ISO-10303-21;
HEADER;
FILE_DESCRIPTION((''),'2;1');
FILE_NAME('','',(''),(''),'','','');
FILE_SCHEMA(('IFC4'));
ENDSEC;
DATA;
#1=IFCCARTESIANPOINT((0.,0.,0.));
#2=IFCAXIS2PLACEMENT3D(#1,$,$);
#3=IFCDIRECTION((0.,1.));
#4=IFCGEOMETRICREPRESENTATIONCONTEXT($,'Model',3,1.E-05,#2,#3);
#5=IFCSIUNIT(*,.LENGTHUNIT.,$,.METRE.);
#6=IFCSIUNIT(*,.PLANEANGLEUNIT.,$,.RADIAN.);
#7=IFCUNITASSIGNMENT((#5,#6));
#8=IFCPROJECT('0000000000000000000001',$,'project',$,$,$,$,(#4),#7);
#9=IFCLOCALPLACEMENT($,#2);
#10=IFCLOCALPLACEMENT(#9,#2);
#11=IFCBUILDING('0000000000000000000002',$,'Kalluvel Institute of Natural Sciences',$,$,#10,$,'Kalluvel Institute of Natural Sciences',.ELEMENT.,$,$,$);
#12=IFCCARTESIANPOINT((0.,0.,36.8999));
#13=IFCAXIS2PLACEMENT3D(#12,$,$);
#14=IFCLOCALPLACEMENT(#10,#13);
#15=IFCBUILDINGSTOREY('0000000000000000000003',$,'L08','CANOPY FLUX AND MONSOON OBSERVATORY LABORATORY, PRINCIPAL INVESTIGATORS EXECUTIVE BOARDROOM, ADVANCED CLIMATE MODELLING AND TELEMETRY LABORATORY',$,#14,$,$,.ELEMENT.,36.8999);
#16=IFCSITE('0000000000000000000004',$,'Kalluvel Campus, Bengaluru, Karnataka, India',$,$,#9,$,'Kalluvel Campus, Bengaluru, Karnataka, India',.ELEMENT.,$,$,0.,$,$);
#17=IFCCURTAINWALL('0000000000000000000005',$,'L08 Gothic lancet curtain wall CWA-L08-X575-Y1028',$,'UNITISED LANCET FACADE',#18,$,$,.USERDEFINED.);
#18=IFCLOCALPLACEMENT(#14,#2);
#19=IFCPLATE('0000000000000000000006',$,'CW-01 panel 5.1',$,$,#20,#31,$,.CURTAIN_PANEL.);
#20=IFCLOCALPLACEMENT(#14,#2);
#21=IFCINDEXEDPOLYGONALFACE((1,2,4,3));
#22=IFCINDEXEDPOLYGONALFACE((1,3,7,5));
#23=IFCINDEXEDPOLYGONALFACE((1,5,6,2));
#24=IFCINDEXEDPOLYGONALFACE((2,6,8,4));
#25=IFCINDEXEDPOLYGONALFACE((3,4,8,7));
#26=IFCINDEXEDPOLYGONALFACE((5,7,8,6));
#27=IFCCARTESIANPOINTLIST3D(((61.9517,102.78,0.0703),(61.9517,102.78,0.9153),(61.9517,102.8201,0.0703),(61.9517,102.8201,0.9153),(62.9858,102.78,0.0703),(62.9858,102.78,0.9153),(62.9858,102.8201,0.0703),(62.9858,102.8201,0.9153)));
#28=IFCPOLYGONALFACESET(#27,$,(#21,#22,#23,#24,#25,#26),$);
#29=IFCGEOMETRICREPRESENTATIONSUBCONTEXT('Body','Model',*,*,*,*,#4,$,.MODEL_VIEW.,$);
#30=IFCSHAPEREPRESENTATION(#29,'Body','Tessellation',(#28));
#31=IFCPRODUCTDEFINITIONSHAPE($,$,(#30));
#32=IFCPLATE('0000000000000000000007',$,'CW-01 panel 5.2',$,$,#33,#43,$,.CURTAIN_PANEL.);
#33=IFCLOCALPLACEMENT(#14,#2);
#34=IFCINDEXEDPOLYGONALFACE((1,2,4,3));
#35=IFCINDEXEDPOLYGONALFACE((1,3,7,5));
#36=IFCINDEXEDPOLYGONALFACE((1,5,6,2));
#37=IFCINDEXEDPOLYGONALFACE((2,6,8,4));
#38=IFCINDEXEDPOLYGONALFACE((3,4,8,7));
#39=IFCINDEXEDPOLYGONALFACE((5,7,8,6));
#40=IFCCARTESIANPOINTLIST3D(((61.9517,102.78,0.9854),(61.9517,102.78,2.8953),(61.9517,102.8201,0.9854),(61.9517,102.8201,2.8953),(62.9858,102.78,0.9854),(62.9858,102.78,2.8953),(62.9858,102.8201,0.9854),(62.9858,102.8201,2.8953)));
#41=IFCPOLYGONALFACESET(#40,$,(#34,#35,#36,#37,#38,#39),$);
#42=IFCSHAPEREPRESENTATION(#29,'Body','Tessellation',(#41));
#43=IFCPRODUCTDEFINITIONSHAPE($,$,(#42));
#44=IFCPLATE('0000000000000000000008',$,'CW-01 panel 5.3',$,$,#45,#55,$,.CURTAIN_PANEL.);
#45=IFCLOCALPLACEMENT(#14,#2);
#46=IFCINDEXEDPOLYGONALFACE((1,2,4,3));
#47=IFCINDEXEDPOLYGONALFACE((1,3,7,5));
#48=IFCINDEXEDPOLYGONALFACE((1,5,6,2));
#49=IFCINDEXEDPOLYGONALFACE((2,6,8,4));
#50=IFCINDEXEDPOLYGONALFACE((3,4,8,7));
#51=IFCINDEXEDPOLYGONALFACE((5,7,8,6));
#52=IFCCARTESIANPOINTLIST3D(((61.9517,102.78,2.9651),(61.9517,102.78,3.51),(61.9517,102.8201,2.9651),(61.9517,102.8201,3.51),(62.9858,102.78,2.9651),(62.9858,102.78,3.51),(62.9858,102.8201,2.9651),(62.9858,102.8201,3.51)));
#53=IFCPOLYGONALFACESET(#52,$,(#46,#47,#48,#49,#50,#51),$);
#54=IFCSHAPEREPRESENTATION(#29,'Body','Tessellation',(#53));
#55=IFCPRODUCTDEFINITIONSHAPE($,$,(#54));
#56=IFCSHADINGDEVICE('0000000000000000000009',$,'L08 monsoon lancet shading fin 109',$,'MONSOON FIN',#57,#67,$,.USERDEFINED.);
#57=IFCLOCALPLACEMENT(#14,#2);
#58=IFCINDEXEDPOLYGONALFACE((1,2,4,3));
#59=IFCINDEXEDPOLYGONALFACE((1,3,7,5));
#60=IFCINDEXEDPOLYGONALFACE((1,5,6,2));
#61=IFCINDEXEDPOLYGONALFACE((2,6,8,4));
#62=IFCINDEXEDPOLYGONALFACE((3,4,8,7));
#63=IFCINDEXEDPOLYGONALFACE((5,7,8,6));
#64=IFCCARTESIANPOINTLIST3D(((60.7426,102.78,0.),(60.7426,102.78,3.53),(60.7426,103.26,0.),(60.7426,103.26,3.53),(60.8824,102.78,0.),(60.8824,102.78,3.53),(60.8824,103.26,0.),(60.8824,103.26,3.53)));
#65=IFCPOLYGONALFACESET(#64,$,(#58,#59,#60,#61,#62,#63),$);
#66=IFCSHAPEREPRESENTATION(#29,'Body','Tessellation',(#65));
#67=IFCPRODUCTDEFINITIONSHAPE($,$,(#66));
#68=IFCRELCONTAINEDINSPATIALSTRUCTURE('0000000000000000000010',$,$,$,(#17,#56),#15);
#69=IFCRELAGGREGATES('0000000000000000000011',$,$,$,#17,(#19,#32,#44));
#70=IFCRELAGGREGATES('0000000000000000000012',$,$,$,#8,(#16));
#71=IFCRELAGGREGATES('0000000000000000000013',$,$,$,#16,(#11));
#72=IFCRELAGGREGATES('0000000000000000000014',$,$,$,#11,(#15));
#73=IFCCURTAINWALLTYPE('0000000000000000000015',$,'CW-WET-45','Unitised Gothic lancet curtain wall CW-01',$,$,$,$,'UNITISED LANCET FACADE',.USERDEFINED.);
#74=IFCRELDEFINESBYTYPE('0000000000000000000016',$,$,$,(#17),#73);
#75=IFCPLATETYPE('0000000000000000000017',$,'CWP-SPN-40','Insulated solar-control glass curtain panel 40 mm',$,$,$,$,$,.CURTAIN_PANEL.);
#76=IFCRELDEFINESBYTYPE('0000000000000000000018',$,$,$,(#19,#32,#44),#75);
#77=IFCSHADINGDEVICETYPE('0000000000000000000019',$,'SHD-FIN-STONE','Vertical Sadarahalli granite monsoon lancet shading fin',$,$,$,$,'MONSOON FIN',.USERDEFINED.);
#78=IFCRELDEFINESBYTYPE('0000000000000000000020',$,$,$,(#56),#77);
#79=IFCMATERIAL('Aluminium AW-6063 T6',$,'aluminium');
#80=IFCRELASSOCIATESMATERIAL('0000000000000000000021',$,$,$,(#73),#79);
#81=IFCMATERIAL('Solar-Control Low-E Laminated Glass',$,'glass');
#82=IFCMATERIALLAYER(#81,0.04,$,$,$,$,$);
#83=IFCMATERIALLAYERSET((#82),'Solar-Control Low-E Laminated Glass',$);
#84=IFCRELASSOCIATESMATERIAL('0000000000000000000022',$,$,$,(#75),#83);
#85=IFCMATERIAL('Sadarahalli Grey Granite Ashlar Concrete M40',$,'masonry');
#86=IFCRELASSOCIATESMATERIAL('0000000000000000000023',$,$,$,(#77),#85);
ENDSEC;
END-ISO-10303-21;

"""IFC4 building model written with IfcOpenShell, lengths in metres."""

from ifc_helpers import new_model, si_unit, direction, frame, origin, origin_2d, place, context, subcontext, project, spatial, rectangle, extrude, material, layer, layer_set, type_object, element, aggregate, save


model = new_model("IFC4")

# Units and contexts
model_context = context("Model", 3, precision=1e-05, world=origin(), true_north=direction((0.0, 1.0)))
body_context = subcontext(model_context, "Body", "Model", "MODEL_VIEW")
ifc_project = project(units=[si_unit("LENGTHUNIT", "METRE"), si_unit("PLANEANGLEUNIT", "RADIAN")], contexts=[model_context])

# Site, building, storey
site_placement = place(None, origin())
site = spatial("IfcSite", under=ifc_project, at=site_placement, Name="Kalluvel Campus, Bengaluru, Karnataka, India", LongName="Kalluvel Campus, Bengaluru, Karnataka, India", CompositionType="ELEMENT", RefElevation=0.0)
building_placement = place(site_placement, origin())
building = spatial("IfcBuilding", under=site, at=building_placement, Name="Kalluvel Institute of Natural Sciences", LongName="Kalluvel Institute of Natural Sciences", CompositionType="ELEMENT")
storey_placement = place(building_placement, frame((0.0, 0.0, 36.8999)))
storey = spatial("IfcBuildingStorey", under=building, at=storey_placement, Name="L08", Description="CANOPY FLUX AND MONSOON OBSERVATORY LABORATORY, PRINCIPAL INVESTIGATORS EXECUTIVE BOARDROOM, ADVANCED CLIMATE MODELLING AND TELEMETRY LABORATORY", CompositionType="ELEMENT", Elevation=36.8999)

# Curtain wall
ifc_material_1 = material(Name="Aluminium AW-6063 T6", Category="aluminium")
curtain_wall_type = type_object("IfcCurtainWallType", Name="CW-WET-45", Description="Unitised Gothic lancet curtain wall CW-01", ElementType="UNITISED LANCET FACADE", PredefinedType="USERDEFINED", material=ifc_material_1)
curtain_wall_placement = place(storey_placement, origin())
curtain_wall = element("IfcCurtainWall", 1, at=curtain_wall_placement, inside=storey, type_object=curtain_wall_type, Name="L08 Gothic lancet curtain wall CWA-L08-X575-Y1028", ObjectType="UNITISED LANCET FACADE", PredefinedType="USERDEFINED")

# Plates
ifc_material_2 = material(Name="Solar-Control Low-E Laminated Glass", Category="glass")
ifc_layer = layer(ifc_material_2, 0.04)
ifc_layer_set = layer_set([ifc_layer], Name="Solar-Control Low-E Laminated Glass")
plate_type = type_object("IfcPlateType", Name="CWP-SPN-40", Description="Insulated solar-control glass curtain panel 40 mm", PredefinedType="CURTAIN_PANEL", material=ifc_layer_set)
plate_1_placement = place(storey_placement, frame((62.4688, 102.8, 0.0703), z_axis=(0.0, 0.0, 1.0), x_axis=(1.0, 0.0, 0.0)))
plate_1 = element("IfcPlate", 2, at=plate_1_placement, type_object=plate_type, Name="CW-01 panel 5.1", PredefinedType="CURTAIN_PANEL", context=body_context, shape_type="SweptSolid", body=[
    extrude(rectangle(XDim=1.0342, YDim=0.04, at=origin_2d()), origin(), (0.0, 0.0, 1.0), 0.845),
])
plate_2_placement = place(storey_placement, frame((62.4688, 102.8, 0.9854), z_axis=(0.0, 0.0, 1.0), x_axis=(1.0, 0.0, 0.0)))
plate_2 = element("IfcPlate", 3, at=plate_2_placement, type_object=plate_type, Name="CW-01 panel 5.2", PredefinedType="CURTAIN_PANEL", context=body_context, shape_type="SweptSolid", body=[
    extrude(rectangle(XDim=1.0342, YDim=0.04, at=origin_2d()), origin(), (0.0, 0.0, 1.0), 1.9099),
])
plate_3_placement = place(storey_placement, frame((62.4688, 102.8, 2.9651), z_axis=(0.0, 0.0, 1.0), x_axis=(1.0, 0.0, 0.0)))
plate_3 = element("IfcPlate", 4, at=plate_3_placement, type_object=plate_type, Name="CW-01 panel 5.3", PredefinedType="CURTAIN_PANEL", context=body_context, shape_type="SweptSolid", body=[
    extrude(rectangle(XDim=1.0342, YDim=0.04, at=origin_2d()), origin(), (0.0, 0.0, 1.0), 0.5449),
])
aggregate(curtain_wall, [plate_1, plate_2, plate_3])

# Shading device
ifc_material_3 = material(Name="Sadarahalli Grey Granite Ashlar Concrete M40", Category="masonry")
shading_device_type = type_object("IfcShadingDeviceType", Name="SHD-FIN-STONE", Description="Vertical Sadarahalli granite monsoon lancet shading fin", ElementType="MONSOON FIN", PredefinedType="USERDEFINED", material=ifc_material_3)
shading_device_placement = place(storey_placement, frame((60.8125, 103.02, 0.0), z_axis=(0.0, 0.0, 1.0), x_axis=(1.0, 0.0, 0.0)))
element("IfcShadingDevice", 5, at=shading_device_placement, inside=storey, type_object=shading_device_type, Name="L08 monsoon lancet shading fin 109", ObjectType="MONSOON FIN", PredefinedType="USERDEFINED", context=body_context, shape_type="SweptSolid", body=[
    extrude(rectangle(XDim=0.1399, YDim=0.48, at=origin_2d()), origin(), (0.0, 0.0, 1.0), 3.53),
])

save(model, "model.ifc")
